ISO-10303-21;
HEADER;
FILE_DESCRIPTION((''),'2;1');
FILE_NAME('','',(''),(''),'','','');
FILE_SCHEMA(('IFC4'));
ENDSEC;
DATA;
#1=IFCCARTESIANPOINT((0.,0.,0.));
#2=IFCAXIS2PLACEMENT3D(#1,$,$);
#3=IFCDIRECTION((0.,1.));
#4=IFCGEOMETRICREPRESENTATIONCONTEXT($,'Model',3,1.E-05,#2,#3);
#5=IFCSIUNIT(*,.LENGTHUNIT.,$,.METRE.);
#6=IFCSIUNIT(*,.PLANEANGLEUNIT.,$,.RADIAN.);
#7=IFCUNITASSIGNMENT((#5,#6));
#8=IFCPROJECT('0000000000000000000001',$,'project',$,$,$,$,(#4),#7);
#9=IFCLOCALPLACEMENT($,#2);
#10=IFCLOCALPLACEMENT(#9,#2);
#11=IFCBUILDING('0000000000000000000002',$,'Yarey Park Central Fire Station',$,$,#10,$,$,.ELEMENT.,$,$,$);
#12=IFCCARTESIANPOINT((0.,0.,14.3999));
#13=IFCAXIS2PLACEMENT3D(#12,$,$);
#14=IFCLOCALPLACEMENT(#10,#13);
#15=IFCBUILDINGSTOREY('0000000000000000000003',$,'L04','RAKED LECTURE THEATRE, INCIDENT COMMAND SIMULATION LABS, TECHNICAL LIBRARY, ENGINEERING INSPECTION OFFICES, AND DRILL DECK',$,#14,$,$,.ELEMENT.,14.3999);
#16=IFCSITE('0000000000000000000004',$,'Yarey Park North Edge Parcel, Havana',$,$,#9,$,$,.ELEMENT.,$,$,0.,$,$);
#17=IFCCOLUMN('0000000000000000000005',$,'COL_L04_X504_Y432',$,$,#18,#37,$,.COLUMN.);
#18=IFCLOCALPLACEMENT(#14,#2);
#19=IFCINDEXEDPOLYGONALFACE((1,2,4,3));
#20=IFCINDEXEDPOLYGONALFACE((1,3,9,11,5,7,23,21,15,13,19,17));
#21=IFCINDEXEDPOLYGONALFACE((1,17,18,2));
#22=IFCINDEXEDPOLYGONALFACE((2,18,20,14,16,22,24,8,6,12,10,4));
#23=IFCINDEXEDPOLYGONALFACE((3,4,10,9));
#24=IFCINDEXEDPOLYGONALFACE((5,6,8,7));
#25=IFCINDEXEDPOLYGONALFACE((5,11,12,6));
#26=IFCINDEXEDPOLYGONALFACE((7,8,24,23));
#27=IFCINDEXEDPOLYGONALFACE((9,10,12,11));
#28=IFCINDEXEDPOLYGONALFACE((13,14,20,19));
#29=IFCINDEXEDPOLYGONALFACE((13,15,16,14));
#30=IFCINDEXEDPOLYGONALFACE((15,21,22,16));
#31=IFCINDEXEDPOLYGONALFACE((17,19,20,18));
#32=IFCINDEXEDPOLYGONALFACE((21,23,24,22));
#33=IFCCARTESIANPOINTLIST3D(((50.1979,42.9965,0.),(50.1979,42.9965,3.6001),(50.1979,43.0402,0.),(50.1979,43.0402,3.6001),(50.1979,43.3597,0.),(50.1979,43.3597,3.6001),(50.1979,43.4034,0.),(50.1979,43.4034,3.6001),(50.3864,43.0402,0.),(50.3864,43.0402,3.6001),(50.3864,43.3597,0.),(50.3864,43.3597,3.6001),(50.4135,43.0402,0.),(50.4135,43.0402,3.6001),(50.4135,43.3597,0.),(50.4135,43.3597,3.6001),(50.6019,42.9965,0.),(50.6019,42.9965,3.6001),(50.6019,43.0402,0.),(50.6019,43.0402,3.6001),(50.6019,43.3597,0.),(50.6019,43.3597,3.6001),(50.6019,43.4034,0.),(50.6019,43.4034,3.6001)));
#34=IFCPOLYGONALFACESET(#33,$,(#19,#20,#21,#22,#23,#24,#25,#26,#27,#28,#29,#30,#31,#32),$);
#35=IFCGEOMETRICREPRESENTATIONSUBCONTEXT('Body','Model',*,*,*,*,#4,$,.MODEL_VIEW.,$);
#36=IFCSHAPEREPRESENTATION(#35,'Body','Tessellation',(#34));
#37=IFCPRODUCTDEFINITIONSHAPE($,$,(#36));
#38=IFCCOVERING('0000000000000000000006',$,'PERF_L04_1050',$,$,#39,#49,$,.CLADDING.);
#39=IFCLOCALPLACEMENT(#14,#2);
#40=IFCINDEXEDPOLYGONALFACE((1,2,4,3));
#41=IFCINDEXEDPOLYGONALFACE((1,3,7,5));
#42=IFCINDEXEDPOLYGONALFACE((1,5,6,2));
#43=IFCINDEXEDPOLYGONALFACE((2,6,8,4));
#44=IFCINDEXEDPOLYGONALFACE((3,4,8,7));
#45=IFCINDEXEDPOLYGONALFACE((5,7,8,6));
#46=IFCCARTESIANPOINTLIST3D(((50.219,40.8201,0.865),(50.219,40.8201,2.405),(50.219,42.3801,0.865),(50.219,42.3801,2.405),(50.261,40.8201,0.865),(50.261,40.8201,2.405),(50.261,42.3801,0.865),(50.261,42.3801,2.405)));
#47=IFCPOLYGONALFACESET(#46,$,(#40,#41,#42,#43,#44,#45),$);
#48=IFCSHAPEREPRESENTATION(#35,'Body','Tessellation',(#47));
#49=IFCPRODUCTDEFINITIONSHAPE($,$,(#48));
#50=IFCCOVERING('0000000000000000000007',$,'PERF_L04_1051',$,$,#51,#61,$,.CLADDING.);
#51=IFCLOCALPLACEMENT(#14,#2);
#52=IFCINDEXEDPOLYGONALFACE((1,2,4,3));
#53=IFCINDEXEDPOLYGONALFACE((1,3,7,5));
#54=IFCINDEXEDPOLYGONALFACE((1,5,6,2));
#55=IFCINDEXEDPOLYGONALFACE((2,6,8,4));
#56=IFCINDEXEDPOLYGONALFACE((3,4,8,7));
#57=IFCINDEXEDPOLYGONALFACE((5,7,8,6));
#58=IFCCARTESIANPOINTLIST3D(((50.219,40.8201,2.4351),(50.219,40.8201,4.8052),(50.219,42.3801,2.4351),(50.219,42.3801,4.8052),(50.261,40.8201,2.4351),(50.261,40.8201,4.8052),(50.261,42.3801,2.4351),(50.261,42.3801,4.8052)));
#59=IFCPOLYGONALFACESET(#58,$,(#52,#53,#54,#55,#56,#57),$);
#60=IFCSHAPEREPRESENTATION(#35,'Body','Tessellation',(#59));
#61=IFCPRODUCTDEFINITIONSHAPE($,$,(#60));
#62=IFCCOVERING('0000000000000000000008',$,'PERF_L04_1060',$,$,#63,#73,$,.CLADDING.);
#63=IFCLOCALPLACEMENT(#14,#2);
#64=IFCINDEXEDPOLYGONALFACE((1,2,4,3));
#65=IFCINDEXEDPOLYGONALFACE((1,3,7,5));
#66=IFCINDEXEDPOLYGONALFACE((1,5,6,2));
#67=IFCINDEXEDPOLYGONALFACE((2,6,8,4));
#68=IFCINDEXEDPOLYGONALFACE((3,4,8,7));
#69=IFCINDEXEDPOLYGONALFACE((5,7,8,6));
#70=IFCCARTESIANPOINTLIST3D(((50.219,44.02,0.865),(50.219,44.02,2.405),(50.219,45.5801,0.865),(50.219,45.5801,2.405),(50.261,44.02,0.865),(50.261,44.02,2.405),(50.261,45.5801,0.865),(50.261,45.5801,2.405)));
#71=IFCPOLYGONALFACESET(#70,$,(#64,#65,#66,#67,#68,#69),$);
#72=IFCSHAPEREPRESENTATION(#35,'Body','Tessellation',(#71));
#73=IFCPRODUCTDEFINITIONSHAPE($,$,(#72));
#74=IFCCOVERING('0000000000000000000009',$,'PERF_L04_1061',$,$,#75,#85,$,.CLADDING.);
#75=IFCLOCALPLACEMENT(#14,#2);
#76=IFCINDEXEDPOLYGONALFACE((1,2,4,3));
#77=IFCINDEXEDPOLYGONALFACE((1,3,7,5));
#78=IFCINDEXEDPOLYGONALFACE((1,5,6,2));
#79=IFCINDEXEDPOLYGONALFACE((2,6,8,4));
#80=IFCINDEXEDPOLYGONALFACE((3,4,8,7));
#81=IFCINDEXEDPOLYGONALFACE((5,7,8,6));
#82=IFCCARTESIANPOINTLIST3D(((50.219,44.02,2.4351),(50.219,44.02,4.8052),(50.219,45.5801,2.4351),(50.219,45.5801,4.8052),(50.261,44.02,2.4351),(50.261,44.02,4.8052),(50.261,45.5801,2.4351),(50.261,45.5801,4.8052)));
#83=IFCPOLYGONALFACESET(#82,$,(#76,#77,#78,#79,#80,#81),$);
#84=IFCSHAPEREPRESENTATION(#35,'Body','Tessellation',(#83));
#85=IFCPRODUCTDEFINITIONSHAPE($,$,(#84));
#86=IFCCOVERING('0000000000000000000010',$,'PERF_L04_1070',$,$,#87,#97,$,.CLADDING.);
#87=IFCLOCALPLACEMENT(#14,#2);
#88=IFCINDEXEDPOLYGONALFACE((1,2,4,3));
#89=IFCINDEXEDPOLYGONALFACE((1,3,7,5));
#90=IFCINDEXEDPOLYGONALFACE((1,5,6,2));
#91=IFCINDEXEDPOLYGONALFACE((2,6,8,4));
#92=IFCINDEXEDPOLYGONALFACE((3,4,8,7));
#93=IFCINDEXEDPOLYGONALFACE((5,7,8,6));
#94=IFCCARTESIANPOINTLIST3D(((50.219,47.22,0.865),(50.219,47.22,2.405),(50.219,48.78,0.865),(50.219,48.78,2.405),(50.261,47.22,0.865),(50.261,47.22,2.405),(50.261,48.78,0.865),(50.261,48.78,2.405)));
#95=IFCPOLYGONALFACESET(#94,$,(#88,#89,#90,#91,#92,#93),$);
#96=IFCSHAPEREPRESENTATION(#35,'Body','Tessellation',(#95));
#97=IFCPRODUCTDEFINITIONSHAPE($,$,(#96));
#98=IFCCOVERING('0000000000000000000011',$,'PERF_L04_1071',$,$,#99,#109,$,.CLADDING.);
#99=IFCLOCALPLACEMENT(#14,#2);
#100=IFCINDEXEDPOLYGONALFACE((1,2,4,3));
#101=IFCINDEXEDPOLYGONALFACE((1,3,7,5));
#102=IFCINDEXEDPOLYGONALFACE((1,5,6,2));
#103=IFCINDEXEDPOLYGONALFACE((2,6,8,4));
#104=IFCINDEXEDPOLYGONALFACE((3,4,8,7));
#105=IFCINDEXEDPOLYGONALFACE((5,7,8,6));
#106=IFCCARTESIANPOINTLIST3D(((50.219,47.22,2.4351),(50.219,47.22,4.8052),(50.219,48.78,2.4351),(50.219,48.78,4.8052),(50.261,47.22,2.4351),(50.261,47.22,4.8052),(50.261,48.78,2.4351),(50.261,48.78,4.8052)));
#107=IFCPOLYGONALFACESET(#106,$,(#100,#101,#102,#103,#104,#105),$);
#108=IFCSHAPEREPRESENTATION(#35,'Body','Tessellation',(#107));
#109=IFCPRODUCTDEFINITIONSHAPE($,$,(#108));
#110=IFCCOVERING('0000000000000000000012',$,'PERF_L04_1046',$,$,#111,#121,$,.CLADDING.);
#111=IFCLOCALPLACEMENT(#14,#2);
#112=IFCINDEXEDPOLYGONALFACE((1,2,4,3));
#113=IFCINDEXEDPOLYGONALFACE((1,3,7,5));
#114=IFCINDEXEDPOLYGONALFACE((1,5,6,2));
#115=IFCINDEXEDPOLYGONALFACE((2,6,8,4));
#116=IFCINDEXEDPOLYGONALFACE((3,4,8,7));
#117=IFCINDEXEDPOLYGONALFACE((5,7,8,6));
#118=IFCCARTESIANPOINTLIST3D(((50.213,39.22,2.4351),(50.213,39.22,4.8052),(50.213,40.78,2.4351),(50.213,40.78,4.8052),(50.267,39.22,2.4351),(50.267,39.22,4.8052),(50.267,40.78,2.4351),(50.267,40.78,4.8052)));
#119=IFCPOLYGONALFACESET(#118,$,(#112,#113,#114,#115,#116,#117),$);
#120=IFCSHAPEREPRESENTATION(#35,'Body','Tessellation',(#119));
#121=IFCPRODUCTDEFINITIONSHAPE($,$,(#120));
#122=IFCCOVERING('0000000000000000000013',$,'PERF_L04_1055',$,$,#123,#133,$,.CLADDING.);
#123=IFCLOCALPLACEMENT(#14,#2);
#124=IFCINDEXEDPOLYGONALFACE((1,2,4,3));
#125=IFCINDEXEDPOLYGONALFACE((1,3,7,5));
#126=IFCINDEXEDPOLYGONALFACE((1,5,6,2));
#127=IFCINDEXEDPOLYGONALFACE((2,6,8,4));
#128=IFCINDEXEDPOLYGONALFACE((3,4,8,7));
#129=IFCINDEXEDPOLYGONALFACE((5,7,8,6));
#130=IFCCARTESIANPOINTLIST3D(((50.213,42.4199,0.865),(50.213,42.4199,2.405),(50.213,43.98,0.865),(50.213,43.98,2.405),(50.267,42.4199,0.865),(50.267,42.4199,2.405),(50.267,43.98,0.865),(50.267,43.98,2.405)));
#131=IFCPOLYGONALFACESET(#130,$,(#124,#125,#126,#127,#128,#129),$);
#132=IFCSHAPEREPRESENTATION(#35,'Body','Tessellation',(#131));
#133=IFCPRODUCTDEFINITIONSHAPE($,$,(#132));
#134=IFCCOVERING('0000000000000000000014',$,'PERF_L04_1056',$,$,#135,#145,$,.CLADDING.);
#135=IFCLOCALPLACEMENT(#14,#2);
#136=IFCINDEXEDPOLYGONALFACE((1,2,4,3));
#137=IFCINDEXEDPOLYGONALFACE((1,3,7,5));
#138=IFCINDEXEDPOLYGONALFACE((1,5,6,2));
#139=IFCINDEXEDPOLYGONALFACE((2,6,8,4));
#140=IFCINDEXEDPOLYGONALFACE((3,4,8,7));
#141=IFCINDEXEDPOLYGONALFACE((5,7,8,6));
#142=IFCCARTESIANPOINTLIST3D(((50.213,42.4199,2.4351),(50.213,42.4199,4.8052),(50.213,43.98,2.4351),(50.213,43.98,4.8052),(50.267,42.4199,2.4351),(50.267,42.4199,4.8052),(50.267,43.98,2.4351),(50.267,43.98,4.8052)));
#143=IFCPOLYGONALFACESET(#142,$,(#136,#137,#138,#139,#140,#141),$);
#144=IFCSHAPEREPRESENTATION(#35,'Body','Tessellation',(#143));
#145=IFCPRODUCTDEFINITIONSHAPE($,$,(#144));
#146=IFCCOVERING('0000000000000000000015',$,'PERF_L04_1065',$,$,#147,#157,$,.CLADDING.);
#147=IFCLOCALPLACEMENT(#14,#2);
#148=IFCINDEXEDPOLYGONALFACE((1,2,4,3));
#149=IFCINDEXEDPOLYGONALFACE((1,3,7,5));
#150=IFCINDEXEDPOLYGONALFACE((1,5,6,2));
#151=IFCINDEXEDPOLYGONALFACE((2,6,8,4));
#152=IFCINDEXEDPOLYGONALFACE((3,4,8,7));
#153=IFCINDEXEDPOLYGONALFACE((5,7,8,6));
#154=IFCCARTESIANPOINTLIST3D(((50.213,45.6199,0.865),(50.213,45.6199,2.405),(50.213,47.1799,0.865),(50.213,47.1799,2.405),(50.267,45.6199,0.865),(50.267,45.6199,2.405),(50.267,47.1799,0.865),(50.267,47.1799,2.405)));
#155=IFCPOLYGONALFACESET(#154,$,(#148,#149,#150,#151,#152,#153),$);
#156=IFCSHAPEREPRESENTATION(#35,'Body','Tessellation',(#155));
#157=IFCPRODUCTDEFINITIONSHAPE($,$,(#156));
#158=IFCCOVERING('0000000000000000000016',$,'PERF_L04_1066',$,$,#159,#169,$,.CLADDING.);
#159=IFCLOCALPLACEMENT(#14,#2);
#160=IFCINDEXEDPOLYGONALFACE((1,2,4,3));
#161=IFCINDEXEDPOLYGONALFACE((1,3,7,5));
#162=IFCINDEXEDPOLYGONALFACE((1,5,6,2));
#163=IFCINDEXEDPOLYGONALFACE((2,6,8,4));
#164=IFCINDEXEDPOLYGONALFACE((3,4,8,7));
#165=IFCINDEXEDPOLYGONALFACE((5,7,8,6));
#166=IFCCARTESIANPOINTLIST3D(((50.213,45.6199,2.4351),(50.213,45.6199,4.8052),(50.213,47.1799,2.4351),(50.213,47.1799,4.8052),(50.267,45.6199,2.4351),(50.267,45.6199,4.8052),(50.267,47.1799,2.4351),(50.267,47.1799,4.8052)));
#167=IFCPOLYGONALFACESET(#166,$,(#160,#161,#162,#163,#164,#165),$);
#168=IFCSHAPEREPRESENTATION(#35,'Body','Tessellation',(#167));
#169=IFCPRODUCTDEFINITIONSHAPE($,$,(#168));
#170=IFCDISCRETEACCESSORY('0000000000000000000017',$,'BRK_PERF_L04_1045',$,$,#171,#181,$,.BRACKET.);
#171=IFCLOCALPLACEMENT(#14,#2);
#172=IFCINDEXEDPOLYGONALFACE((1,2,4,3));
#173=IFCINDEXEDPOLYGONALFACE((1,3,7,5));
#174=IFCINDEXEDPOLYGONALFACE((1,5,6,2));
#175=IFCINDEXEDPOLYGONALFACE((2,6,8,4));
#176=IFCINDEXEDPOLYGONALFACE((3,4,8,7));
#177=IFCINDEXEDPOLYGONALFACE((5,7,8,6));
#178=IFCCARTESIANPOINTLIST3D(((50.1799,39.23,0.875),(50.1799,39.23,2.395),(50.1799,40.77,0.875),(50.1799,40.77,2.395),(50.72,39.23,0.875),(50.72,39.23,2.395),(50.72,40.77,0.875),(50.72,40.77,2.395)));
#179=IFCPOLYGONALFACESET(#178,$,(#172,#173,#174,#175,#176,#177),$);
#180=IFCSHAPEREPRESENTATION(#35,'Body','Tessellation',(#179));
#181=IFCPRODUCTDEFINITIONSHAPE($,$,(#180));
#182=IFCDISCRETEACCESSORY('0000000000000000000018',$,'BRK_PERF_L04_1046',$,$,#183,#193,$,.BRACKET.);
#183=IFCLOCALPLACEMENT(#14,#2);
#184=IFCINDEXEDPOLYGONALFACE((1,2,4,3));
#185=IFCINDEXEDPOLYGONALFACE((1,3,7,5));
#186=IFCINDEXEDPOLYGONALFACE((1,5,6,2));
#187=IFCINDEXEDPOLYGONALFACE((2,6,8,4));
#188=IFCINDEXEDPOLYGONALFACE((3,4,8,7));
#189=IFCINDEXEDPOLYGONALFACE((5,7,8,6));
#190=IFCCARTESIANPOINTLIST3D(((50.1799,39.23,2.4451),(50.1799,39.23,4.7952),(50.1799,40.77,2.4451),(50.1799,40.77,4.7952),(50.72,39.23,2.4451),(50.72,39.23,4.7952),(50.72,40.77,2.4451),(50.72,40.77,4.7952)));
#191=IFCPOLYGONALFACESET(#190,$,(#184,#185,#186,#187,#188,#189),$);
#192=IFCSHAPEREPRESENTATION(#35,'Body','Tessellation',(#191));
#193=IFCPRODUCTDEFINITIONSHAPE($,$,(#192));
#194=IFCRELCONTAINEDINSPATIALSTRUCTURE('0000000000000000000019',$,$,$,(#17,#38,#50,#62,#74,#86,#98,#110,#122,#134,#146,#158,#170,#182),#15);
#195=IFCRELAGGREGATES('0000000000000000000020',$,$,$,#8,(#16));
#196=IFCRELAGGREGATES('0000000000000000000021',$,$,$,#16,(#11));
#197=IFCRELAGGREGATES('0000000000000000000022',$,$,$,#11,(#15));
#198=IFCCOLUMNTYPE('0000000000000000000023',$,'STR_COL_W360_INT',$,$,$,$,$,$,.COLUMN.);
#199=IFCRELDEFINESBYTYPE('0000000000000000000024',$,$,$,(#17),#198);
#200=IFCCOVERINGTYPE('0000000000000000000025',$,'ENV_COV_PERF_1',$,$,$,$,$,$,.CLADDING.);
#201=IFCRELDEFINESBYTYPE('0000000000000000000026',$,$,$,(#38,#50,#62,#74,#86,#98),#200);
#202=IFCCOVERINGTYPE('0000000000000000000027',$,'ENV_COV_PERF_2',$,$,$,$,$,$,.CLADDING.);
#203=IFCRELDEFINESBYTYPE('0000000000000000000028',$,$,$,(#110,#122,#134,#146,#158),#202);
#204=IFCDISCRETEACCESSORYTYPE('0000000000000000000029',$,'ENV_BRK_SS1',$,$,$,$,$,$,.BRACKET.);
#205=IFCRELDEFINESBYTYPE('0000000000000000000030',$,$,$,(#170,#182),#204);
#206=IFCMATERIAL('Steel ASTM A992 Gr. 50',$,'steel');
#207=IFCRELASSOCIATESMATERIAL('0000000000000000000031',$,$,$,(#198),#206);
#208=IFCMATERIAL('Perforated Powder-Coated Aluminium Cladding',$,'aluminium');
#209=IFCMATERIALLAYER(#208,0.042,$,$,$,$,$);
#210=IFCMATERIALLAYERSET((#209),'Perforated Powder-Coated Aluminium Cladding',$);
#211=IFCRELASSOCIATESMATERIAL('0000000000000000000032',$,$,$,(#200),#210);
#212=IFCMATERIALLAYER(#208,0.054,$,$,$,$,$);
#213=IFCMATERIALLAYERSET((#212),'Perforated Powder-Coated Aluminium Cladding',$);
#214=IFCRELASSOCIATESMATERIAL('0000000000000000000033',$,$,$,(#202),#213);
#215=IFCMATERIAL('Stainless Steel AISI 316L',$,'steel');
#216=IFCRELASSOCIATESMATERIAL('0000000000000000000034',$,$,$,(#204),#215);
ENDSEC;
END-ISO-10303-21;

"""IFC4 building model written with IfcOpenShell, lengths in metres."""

from ifc_helpers import new_model, si_unit, direction, frame, origin, origin_2d, place, context, subcontext, project, spatial, rectangle, i_section, extrude, material, layer, layer_set, material_profile, profile_set, type_object, element, save


model = new_model("IFC4")

# Units and contexts
model_context = context("Model", 3, precision=1e-05, world=origin(), true_north=direction((0.0, 1.0)))
body_context = subcontext(model_context, "Body", "Model", "MODEL_VIEW")
ifc_project = project(units=[si_unit("LENGTHUNIT", "METRE"), si_unit("PLANEANGLEUNIT", "RADIAN")], contexts=[model_context])

# Site, building, storey
site_placement = place(None, origin())
site = spatial("IfcSite", under=ifc_project, at=site_placement, Name="Yarey Park North Edge Parcel, Havana", CompositionType="ELEMENT", RefElevation=0.0)
building_placement = place(site_placement, origin())
building = spatial("IfcBuilding", under=site, at=building_placement, Name="Yarey Park Central Fire Station", CompositionType="ELEMENT")
storey_placement = place(building_placement, frame((0.0, 0.0, 14.3999)))
storey = spatial("IfcBuildingStorey", under=building, at=storey_placement, Name="L04", Description="RAKED LECTURE THEATRE, INCIDENT COMMAND SIMULATION LABS, TECHNICAL LIBRARY, ENGINEERING INSPECTION OFFICES, AND DRILL DECK", CompositionType="ELEMENT", Elevation=14.3999)

# Column
ifc_material_1 = material(Name="Steel ASTM A992 Gr. 50", Category="steel")
ifc_material_profile = material_profile(ifc_material_1, i_section(OverallWidth=0.4041, OverallDepth=0.407, WebThickness=0.0271, FlangeThickness=0.0437, at=origin_2d()), Name="W360x347")
ifc_profile_set = profile_set([ifc_material_profile], Name="Steel ASTM A992 Gr. 50")
column_type = type_object("IfcColumnType", Name="STR_COL_W360_INT", PredefinedType="COLUMN", material=ifc_profile_set)
column_placement = place(storey_placement, frame((50.3999, 43.2, 0.0), z_axis=(0.0, 0.0, 1.0), x_axis=(1.0, 0.0, 0.0)))
element("IfcColumn", 1, at=column_placement, inside=storey, type_object=column_type, Name="COL_L04_X504_Y432", PredefinedType="COLUMN", context=body_context, shape_type="SweptSolid", body=[
    extrude(i_section(OverallWidth=0.4041, OverallDepth=0.407, WebThickness=0.0271, FlangeThickness=0.0437, at=origin_2d()), origin(), (0.0, 0.0, 1.0), 3.6001),
])

# Coverings
ifc_material_2 = material(Name="Perforated Powder-Coated Aluminium Cladding", Category="aluminium")
ifc_layer_1 = layer(ifc_material_2, 0.042)
ifc_layer_set_1 = layer_set([ifc_layer_1], Name="Perforated Powder-Coated Aluminium Cladding")
covering_type_1 = type_object("IfcCoveringType", Name="ENV_COV_PERF_1", PredefinedType="CLADDING", material=ifc_layer_set_1)
covering_1_placement = place(storey_placement, frame((50.24, 41.6001, 0.865), z_axis=(0.0, 0.0, 1.0), x_axis=(0.0, 1.0, 0.0)))
element("IfcCovering", 2, at=covering_1_placement, inside=storey, type_object=covering_type_1, Name="PERF_L04_1050", PredefinedType="CLADDING", context=body_context, shape_type="SweptSolid", body=[
    extrude(rectangle(XDim=1.5601, YDim=0.042, at=origin_2d()), origin(), (0.0, 0.0, 1.0), 1.54),
])
covering_2_placement = place(storey_placement, frame((50.24, 41.6001, 2.4351), z_axis=(0.0, 0.0, 1.0), x_axis=(0.0, 1.0, 0.0)))
element("IfcCovering", 3, at=covering_2_placement, inside=storey, type_object=covering_type_1, Name="PERF_L04_1051", PredefinedType="CLADDING", context=body_context, shape_type="SweptSolid", body=[
    extrude(rectangle(XDim=1.5601, YDim=0.042, at=origin_2d()), origin(), (0.0, 0.0, 1.0), 2.3701),
])
covering_3_placement = place(storey_placement, frame((50.24, 44.8, 0.865), z_axis=(0.0, 0.0, 1.0), x_axis=(0.0, 1.0, 0.0)))
element("IfcCovering", 4, at=covering_3_placement, inside=storey, type_object=covering_type_1, Name="PERF_L04_1060", PredefinedType="CLADDING", context=body_context, shape_type="SweptSolid", body=[
    extrude(rectangle(XDim=1.5601, YDim=0.042, at=origin_2d()), origin(), (0.0, 0.0, 1.0), 1.54),
])
covering_4_placement = place(storey_placement, frame((50.24, 44.8, 2.4351), z_axis=(0.0, 0.0, 1.0), x_axis=(0.0, 1.0, 0.0)))
element("IfcCovering", 5, at=covering_4_placement, inside=storey, type_object=covering_type_1, Name="PERF_L04_1061", PredefinedType="CLADDING", context=body_context, shape_type="SweptSolid", body=[
    extrude(rectangle(XDim=1.5601, YDim=0.042, at=origin_2d()), origin(), (0.0, 0.0, 1.0), 2.3701),
])
covering_5_placement = place(storey_placement, frame((50.24, 48.0, 0.865), z_axis=(0.0, 0.0, 1.0), x_axis=(0.0, 1.0, 0.0)))
element("IfcCovering", 6, at=covering_5_placement, inside=storey, type_object=covering_type_1, Name="PERF_L04_1070", PredefinedType="CLADDING", context=body_context, shape_type="SweptSolid", body=[
    extrude(rectangle(XDim=1.5601, YDim=0.042, at=origin_2d()), origin(), (0.0, 0.0, 1.0), 1.54),
])
covering_6_placement = place(storey_placement, frame((50.24, 48.0, 2.4351), z_axis=(0.0, 0.0, 1.0), x_axis=(0.0, 1.0, 0.0)))
element("IfcCovering", 7, at=covering_6_placement, inside=storey, type_object=covering_type_1, Name="PERF_L04_1071", PredefinedType="CLADDING", context=body_context, shape_type="SweptSolid", body=[
    extrude(rectangle(XDim=1.5601, YDim=0.042, at=origin_2d()), origin(), (0.0, 0.0, 1.0), 2.3701),
])
ifc_layer_2 = layer(ifc_material_2, 0.054)
ifc_layer_set_2 = layer_set([ifc_layer_2], Name="Perforated Powder-Coated Aluminium Cladding")
covering_type_2 = type_object("IfcCoveringType", Name="ENV_COV_PERF_2", PredefinedType="CLADDING", material=ifc_layer_set_2)
covering_7_placement = place(storey_placement, frame((50.24, 40.0, 2.4351), z_axis=(0.0, 0.0, 1.0), x_axis=(0.0, 1.0, 0.0)))
element("IfcCovering", 8, at=covering_7_placement, inside=storey, type_object=covering_type_2, Name="PERF_L04_1046", PredefinedType="CLADDING", context=body_context, shape_type="SweptSolid", body=[
    extrude(rectangle(XDim=1.5601, YDim=0.054, at=origin_2d()), origin(), (0.0, 0.0, 1.0), 2.3701),
])
covering_8_placement = place(storey_placement, frame((50.24, 43.2, 0.865), z_axis=(0.0, 0.0, 1.0), x_axis=(0.0, 1.0, 0.0)))
element("IfcCovering", 9, at=covering_8_placement, inside=storey, type_object=covering_type_2, Name="PERF_L04_1055", PredefinedType="CLADDING", context=body_context, shape_type="SweptSolid", body=[
    extrude(rectangle(XDim=1.5601, YDim=0.054, at=origin_2d()), origin(), (0.0, 0.0, 1.0), 1.54),
])
covering_9_placement = place(storey_placement, frame((50.24, 43.2, 2.4351), z_axis=(0.0, 0.0, 1.0), x_axis=(0.0, 1.0, 0.0)))
element("IfcCovering", 10, at=covering_9_placement, inside=storey, type_object=covering_type_2, Name="PERF_L04_1056", PredefinedType="CLADDING", context=body_context, shape_type="SweptSolid", body=[
    extrude(rectangle(XDim=1.5601, YDim=0.054, at=origin_2d()), origin(), (0.0, 0.0, 1.0), 2.3701),
])
covering_10_placement = place(storey_placement, frame((50.24, 46.3999, 0.865), z_axis=(0.0, 0.0, 1.0), x_axis=(0.0, 1.0, 0.0)))
element("IfcCovering", 11, at=covering_10_placement, inside=storey, type_object=covering_type_2, Name="PERF_L04_1065", PredefinedType="CLADDING", context=body_context, shape_type="SweptSolid", body=[
    extrude(rectangle(XDim=1.5601, YDim=0.054, at=origin_2d()), origin(), (0.0, 0.0, 1.0), 1.54),
])
covering_11_placement = place(storey_placement, frame((50.24, 46.3999, 2.4351), z_axis=(0.0, 0.0, 1.0), x_axis=(0.0, 1.0, 0.0)))
element("IfcCovering", 12, at=covering_11_placement, inside=storey, type_object=covering_type_2, Name="PERF_L04_1066", PredefinedType="CLADDING", context=body_context, shape_type="SweptSolid", body=[
    extrude(rectangle(XDim=1.5601, YDim=0.054, at=origin_2d()), origin(), (0.0, 0.0, 1.0), 2.3701),
])

# Discrete accessories
ifc_material_3 = material(Name="Stainless Steel AISI 316L", Category="steel")
discrete_accessory_type = type_object("IfcDiscreteAccessoryType", Name="ENV_BRK_SS1", PredefinedType="BRACKET", material=ifc_material_3)
discrete_accessory_1_placement = place(storey_placement, frame((50.45, 40.0, 0.875), z_axis=(0.0, 0.0, 1.0), x_axis=(1.0, 0.0, 0.0)))
element("IfcDiscreteAccessory", 13, at=discrete_accessory_1_placement, inside=storey, type_object=discrete_accessory_type, Name="BRK_PERF_L04_1045", PredefinedType="BRACKET", context=body_context, shape_type="SweptSolid", body=[
    extrude(rectangle(XDim=0.54, YDim=1.54, at=origin_2d()), origin(), (0.0, 0.0, 1.0), 1.52),
])
discrete_accessory_2_placement = place(storey_placement, frame((50.45, 40.0, 2.4451), z_axis=(0.0, 0.0, 1.0), x_axis=(1.0, 0.0, 0.0)))
element("IfcDiscreteAccessory", 14, at=discrete_accessory_2_placement, inside=storey, type_object=discrete_accessory_type, Name="BRK_PERF_L04_1046", PredefinedType="BRACKET", context=body_context, shape_type="SweptSolid", body=[
    extrude(rectangle(XDim=0.54, YDim=1.54, at=origin_2d()), origin(), (0.0, 0.0, 1.0), 2.3501),
])

save(model, "model.ifc")
